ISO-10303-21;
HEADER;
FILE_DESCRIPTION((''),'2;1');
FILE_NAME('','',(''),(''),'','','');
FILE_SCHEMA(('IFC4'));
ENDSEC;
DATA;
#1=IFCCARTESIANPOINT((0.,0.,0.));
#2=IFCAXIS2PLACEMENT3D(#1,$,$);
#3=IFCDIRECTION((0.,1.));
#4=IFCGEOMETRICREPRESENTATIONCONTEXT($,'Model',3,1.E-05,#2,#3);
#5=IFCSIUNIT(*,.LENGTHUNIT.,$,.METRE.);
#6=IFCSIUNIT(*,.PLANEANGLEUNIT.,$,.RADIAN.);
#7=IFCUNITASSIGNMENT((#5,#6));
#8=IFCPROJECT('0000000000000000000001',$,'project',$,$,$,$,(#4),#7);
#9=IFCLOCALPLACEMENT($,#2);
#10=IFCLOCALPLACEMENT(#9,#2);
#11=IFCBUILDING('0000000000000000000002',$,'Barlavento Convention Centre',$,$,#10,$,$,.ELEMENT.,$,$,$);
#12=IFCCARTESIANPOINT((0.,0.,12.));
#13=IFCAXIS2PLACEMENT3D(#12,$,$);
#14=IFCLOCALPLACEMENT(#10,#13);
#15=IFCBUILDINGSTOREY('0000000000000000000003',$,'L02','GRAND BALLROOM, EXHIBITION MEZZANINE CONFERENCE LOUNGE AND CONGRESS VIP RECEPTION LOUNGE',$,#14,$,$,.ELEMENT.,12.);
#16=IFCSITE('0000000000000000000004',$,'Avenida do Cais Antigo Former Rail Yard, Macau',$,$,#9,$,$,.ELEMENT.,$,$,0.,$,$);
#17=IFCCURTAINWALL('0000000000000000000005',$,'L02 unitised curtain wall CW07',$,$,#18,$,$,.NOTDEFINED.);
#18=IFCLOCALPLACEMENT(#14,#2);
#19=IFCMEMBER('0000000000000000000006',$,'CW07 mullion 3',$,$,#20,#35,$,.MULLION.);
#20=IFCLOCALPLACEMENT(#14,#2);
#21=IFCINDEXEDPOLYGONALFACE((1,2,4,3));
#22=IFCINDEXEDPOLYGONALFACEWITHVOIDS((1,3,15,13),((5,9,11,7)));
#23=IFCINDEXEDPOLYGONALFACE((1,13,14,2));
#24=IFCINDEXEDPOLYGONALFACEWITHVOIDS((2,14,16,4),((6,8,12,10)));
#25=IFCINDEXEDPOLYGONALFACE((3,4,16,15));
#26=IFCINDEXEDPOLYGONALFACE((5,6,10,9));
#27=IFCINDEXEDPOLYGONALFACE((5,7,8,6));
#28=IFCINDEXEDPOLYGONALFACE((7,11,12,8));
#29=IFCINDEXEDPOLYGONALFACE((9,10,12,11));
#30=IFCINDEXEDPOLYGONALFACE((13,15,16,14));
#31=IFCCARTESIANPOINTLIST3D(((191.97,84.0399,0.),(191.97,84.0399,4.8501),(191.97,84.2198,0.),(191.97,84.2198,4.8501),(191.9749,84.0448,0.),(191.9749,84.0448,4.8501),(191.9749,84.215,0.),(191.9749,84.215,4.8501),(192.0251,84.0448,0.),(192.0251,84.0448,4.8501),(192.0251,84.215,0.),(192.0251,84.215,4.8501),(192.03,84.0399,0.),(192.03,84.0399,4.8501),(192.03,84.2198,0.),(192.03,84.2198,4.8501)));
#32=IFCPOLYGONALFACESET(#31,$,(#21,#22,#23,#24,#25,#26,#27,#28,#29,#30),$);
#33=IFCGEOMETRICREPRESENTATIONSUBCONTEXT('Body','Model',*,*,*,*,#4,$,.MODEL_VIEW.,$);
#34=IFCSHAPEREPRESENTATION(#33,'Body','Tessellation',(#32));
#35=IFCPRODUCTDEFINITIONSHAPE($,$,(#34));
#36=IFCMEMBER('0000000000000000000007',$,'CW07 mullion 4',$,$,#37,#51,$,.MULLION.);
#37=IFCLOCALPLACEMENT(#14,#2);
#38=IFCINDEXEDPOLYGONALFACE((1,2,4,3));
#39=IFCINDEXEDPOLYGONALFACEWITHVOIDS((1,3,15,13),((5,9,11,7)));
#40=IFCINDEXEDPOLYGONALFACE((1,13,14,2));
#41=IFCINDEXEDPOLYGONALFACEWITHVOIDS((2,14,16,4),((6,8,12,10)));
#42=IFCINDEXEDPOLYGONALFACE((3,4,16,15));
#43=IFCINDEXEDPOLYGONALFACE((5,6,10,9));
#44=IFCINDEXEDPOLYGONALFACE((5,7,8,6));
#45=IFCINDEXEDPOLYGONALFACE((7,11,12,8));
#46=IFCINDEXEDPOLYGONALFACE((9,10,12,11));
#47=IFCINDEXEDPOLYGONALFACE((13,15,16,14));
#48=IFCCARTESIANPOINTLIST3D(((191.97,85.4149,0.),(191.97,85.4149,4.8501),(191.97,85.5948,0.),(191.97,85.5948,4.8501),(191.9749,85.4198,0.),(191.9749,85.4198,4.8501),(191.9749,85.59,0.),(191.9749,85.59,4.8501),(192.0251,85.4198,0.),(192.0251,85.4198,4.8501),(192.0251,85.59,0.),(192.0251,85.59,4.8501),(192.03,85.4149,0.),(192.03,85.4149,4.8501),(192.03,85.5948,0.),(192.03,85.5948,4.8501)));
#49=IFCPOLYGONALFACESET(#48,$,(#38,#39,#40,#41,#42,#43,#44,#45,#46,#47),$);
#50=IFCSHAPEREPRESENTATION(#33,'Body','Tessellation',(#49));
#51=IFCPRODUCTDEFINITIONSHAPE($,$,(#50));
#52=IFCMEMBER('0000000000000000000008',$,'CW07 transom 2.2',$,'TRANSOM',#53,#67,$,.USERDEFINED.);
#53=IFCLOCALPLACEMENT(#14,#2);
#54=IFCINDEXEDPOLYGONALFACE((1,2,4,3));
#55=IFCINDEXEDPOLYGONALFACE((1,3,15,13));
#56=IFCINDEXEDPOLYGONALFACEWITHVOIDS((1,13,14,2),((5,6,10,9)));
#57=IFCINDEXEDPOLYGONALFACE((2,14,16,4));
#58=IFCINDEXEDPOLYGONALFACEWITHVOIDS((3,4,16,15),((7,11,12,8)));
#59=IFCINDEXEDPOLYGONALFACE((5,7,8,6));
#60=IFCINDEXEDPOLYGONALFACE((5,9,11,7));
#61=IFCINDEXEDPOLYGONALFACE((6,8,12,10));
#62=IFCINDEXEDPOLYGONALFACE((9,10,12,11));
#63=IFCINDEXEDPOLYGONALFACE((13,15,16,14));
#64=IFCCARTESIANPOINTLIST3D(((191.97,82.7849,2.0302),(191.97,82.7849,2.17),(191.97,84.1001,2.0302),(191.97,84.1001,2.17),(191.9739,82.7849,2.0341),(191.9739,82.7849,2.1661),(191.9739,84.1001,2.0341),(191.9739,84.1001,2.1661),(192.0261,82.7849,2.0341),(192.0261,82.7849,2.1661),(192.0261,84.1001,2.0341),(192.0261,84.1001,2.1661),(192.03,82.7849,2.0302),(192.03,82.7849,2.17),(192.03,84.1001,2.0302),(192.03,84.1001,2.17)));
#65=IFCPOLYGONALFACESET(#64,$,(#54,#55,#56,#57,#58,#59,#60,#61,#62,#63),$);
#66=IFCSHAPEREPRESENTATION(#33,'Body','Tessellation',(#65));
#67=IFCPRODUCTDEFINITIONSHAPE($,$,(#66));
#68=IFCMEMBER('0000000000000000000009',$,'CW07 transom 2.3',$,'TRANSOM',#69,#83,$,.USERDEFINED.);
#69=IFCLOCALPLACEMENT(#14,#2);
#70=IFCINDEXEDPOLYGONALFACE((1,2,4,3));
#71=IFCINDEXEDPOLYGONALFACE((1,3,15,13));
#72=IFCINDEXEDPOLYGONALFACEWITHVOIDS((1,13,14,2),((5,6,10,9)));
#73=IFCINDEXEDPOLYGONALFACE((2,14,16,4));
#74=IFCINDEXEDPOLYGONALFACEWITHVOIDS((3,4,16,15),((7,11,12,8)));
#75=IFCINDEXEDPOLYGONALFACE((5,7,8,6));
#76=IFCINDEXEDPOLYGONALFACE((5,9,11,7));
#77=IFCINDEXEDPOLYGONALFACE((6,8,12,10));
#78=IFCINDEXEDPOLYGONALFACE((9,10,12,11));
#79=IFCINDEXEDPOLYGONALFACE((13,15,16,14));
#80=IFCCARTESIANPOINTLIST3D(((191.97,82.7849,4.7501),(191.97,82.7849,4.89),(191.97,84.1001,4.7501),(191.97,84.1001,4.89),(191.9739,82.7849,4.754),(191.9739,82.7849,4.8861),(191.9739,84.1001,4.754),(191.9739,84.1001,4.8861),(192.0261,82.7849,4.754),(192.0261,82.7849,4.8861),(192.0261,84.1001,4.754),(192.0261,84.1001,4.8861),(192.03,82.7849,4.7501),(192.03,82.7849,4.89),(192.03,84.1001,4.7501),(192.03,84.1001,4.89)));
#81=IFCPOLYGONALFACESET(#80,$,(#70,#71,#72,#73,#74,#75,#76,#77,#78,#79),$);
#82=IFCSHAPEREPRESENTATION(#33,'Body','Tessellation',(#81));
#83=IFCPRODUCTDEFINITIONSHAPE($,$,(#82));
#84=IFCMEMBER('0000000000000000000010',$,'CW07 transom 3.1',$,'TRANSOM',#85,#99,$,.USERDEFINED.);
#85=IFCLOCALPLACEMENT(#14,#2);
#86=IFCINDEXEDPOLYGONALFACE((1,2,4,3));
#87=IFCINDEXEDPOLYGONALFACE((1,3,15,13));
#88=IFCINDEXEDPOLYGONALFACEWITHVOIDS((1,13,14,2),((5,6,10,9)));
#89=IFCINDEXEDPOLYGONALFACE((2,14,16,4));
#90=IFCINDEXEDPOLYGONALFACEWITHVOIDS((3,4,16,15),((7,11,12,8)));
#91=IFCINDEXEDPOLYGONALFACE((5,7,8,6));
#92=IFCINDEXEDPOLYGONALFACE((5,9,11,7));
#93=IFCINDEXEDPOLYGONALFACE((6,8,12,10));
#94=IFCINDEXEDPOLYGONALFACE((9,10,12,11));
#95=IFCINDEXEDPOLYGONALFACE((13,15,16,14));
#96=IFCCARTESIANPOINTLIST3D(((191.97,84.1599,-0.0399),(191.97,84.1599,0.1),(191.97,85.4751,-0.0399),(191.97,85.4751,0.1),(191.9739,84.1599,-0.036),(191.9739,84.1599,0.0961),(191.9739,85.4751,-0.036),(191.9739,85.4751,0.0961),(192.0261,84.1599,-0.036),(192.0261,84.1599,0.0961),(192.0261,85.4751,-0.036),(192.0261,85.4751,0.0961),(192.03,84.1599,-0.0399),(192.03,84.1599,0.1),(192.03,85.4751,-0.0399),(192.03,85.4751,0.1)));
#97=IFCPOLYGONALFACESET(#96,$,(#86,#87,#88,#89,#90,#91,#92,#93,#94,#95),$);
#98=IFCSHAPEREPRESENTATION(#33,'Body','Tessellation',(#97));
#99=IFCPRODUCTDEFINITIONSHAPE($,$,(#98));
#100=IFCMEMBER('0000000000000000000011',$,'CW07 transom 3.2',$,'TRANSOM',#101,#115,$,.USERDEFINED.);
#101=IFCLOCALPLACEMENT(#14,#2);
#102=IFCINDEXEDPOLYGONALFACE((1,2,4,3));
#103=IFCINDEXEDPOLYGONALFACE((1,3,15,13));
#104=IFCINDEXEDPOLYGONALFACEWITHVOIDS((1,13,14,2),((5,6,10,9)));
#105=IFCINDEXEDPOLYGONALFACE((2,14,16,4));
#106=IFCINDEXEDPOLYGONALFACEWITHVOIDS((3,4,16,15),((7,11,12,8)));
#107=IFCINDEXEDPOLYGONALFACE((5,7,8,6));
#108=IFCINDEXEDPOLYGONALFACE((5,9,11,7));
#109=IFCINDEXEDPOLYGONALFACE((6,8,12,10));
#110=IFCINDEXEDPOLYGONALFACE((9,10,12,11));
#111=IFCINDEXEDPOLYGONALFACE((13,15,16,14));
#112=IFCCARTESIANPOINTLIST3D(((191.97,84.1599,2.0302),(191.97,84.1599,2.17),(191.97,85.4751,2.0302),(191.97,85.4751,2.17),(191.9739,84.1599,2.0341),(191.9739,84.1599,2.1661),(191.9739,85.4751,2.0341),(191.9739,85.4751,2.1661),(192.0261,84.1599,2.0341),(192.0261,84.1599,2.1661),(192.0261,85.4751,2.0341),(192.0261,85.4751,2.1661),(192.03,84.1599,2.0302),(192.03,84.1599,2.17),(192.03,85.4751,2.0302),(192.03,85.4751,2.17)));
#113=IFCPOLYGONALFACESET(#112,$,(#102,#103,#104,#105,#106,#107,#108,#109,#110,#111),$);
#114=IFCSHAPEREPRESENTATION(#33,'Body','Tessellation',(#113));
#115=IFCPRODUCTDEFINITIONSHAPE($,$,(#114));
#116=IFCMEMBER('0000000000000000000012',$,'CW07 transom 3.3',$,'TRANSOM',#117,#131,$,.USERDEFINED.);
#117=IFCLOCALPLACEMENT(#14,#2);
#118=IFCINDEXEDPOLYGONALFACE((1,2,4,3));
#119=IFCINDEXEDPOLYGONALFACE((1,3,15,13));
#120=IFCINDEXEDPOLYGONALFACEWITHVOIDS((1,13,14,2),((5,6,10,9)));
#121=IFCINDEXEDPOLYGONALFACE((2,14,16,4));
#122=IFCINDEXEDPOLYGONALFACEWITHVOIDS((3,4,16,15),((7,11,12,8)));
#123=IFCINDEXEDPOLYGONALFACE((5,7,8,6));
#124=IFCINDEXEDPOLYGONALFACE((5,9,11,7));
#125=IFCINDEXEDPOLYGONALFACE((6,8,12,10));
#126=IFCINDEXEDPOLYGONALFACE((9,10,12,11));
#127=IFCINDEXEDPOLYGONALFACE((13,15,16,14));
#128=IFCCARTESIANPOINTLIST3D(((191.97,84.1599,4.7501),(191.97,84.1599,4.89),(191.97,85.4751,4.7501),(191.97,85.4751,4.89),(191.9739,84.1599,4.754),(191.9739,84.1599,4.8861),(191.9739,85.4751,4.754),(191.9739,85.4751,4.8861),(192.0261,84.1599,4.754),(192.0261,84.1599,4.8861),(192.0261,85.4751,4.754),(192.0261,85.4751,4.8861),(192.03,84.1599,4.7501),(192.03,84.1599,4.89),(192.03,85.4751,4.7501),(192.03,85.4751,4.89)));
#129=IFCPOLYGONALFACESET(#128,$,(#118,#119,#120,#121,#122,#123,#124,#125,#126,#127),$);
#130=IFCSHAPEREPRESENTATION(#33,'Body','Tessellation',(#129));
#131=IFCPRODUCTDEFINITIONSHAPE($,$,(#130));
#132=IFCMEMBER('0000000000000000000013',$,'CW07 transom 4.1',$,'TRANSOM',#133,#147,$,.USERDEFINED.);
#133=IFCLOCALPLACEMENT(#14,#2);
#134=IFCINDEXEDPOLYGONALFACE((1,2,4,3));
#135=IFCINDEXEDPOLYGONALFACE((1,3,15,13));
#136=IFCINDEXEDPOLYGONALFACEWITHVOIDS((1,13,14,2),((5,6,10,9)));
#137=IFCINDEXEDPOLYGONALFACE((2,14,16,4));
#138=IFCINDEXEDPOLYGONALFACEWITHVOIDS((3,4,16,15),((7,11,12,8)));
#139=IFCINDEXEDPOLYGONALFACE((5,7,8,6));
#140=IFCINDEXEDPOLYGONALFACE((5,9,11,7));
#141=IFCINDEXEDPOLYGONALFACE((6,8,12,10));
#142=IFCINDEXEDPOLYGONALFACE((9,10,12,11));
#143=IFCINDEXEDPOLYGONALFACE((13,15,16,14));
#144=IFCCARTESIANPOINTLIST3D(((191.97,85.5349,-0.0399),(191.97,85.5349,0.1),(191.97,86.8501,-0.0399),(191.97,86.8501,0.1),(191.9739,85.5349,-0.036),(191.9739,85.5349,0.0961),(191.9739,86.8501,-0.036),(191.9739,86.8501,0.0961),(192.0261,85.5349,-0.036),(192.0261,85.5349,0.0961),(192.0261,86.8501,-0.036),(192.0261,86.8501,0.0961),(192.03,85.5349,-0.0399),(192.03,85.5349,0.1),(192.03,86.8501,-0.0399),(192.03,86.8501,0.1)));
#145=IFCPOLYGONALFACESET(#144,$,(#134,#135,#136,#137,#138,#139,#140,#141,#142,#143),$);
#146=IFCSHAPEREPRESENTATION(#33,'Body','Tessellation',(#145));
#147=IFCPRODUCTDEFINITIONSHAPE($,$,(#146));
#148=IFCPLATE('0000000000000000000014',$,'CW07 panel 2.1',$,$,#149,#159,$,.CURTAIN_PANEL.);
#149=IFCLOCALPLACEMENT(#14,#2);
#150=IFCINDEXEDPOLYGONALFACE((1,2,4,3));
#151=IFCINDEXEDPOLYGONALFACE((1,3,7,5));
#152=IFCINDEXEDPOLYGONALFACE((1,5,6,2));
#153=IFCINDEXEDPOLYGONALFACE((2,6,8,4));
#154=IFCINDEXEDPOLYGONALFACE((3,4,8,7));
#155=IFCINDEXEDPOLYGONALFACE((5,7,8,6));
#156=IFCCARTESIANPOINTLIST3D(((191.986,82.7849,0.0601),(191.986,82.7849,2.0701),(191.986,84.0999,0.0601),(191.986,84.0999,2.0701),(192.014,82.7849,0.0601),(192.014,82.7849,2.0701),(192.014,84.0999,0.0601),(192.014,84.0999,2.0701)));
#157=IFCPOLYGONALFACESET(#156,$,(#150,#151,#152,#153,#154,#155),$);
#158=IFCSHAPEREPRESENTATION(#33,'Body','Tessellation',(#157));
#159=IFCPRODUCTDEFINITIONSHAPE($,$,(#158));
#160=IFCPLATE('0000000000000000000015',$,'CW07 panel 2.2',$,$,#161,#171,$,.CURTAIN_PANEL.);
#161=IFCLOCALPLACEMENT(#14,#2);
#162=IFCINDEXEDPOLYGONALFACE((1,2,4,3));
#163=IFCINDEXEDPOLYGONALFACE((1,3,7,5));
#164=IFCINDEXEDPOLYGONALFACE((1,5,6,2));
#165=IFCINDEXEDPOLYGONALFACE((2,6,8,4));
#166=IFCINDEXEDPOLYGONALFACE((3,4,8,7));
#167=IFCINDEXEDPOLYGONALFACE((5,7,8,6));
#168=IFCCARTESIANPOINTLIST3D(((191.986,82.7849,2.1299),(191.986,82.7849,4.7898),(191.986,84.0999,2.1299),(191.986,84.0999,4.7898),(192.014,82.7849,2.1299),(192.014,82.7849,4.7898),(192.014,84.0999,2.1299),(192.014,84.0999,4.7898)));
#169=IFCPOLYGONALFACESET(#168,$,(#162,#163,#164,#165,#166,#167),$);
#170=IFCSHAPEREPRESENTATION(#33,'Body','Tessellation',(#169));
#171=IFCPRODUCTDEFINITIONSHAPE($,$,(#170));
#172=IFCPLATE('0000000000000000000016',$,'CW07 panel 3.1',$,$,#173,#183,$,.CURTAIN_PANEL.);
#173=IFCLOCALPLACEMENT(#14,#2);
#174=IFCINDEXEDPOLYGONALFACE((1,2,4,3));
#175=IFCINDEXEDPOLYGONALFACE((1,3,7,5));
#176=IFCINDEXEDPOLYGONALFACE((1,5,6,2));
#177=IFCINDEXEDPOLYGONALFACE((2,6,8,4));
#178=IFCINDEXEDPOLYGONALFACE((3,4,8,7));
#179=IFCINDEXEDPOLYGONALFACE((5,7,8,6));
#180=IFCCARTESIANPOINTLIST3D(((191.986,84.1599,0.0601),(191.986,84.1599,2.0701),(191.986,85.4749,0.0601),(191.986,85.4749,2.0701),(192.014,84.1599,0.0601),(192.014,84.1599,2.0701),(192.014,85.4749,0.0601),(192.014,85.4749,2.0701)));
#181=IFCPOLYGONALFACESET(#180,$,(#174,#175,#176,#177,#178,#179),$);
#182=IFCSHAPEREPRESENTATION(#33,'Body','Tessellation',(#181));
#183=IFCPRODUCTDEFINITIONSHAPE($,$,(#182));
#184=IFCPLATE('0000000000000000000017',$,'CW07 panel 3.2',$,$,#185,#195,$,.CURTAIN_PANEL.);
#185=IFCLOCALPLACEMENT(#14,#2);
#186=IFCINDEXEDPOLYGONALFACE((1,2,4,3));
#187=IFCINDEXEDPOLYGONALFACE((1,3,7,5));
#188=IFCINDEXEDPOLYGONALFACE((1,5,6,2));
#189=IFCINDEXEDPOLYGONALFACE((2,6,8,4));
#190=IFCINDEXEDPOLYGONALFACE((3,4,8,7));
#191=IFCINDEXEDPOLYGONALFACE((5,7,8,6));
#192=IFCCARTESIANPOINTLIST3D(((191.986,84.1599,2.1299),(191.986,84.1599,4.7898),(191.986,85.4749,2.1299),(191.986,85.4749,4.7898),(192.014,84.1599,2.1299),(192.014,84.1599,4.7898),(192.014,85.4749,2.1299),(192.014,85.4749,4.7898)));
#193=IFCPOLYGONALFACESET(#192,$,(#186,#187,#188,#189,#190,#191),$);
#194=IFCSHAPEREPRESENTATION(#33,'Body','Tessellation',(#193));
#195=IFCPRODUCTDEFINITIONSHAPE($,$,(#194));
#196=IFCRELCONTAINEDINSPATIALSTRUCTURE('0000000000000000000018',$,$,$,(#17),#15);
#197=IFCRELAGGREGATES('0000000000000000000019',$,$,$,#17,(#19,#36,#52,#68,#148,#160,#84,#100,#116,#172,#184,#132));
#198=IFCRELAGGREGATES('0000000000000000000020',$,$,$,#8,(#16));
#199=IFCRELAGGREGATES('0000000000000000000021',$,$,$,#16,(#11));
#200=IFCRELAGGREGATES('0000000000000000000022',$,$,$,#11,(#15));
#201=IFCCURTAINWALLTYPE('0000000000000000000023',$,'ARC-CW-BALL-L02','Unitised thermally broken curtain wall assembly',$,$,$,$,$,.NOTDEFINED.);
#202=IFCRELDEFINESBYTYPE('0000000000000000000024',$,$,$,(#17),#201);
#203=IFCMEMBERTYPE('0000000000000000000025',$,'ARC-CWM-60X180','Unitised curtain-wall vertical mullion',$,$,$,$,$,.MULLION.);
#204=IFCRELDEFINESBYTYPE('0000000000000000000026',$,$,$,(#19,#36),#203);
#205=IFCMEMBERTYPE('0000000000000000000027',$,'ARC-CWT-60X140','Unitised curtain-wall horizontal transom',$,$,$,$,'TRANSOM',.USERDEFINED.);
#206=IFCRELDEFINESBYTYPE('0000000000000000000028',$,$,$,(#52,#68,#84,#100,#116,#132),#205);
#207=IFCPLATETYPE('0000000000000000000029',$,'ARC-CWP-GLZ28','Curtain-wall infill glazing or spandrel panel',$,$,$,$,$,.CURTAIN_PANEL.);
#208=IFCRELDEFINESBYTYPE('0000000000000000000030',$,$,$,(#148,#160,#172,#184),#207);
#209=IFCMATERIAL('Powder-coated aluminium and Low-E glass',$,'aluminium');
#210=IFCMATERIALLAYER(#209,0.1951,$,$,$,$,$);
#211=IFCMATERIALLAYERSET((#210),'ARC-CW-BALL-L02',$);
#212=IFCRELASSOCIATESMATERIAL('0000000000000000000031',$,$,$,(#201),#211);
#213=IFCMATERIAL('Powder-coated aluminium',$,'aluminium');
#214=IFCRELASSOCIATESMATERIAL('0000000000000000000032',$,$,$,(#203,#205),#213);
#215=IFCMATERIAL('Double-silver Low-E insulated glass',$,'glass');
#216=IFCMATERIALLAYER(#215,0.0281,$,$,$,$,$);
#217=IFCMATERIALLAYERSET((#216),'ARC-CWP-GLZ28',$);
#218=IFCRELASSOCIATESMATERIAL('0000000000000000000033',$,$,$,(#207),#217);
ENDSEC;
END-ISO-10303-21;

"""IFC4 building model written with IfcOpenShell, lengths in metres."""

from ifc_helpers import new_model, si_unit, direction, frame, origin, origin_2d, place, context, subcontext, project, spatial, rectangle, hollow_rectangle, extrude, material, layer, layer_set, material_profile, profile_set, type_object, element, aggregate, save


model = new_model("IFC4")

# Units and contexts
model_context = context("Model", 3, precision=1e-05, world=origin(), true_north=direction((0.0, 1.0)))
body_context = subcontext(model_context, "Body", "Model", "MODEL_VIEW")
ifc_project = project(units=[si_unit("LENGTHUNIT", "METRE"), si_unit("PLANEANGLEUNIT", "RADIAN")], contexts=[model_context])

# Site, building, storey
site_placement = place(None, origin())
site = spatial("IfcSite", under=ifc_project, at=site_placement, Name="Avenida do Cais Antigo Former Rail Yard, Macau", CompositionType="ELEMENT", RefElevation=0.0)
building_placement = place(site_placement, origin())
building = spatial("IfcBuilding", under=site, at=building_placement, Name="Barlavento Convention Centre", CompositionType="ELEMENT")
storey_placement = place(building_placement, frame((0.0, 0.0, 12.0)))
storey = spatial("IfcBuildingStorey", under=building, at=storey_placement, Name="L02", Description="GRAND BALLROOM, EXHIBITION MEZZANINE CONFERENCE LOUNGE AND CONGRESS VIP RECEPTION LOUNGE", CompositionType="ELEMENT", Elevation=12.0)

# Curtain wall, members, plates
ifc_material_1 = material(Name="Powder-coated aluminium and Low-E glass", Category="aluminium")
ifc_layer_1 = layer(ifc_material_1, 0.1951)
ifc_layer_set_1 = layer_set([ifc_layer_1], Name="ARC-CW-BALL-L02")
curtain_wall_type = type_object("IfcCurtainWallType", Name="ARC-CW-BALL-L02", Description="Unitised thermally broken curtain wall assembly", PredefinedType="NOTDEFINED", material=ifc_layer_set_1)
curtain_wall_placement = place(storey_placement, origin())
curtain_wall = element("IfcCurtainWall", 1, at=curtain_wall_placement, inside=storey, type_object=curtain_wall_type, Name="L02 unitised curtain wall CW07", PredefinedType="NOTDEFINED")
ifc_material_2 = material(Name="Powder-coated aluminium", Category="aluminium")
ifc_material_profile_1 = material_profile(ifc_material_2, hollow_rectangle(XDim=0.0601, YDim=0.1799, WallThickness=0.0049, at=origin_2d()), Name="AL-MULL 60x180x5")
ifc_profile_set_1 = profile_set([ifc_material_profile_1], Name="Powder-coated aluminium")
member_type_1 = type_object("IfcMemberType", Name="ARC-CWM-60X180", Description="Unitised curtain-wall vertical mullion", PredefinedType="MULLION", material=ifc_profile_set_1)
member_1_placement = place(storey_placement, frame((192.0, 84.1299, 0.0), z_axis=(0.0, 0.0, 1.0), x_axis=(-1.0, 0.0, 0.0)))
member_1 = element("IfcMember", 2, at=member_1_placement, type_object=member_type_1, Name="CW07 mullion 3", PredefinedType="MULLION", context=body_context, shape_type="SweptSolid", body=[
    extrude(hollow_rectangle(XDim=0.0601, YDim=0.1799, WallThickness=0.0049, at=origin_2d()), origin(), (0.0, 0.0, 1.0), 4.8501),
])
member_2_placement = place(storey_placement, frame((192.0, 85.5049, 0.0), z_axis=(0.0, 0.0, 1.0), x_axis=(-1.0, 0.0, 0.0)))
member_2 = element("IfcMember", 3, at=member_2_placement, type_object=member_type_1, Name="CW07 mullion 4", PredefinedType="MULLION", context=body_context, shape_type="SweptSolid", body=[
    extrude(hollow_rectangle(XDim=0.0601, YDim=0.1799, WallThickness=0.0049, at=origin_2d()), origin(), (0.0, 0.0, 1.0), 4.8501),
])
ifc_material_profile_2 = material_profile(ifc_material_2, hollow_rectangle(XDim=0.0601, YDim=0.1399, WallThickness=0.0039, at=origin_2d()), Name="AL-TRAN 60x140x4")
ifc_profile_set_2 = profile_set([ifc_material_profile_2], Name="Powder-coated aluminium")
member_type_2 = type_object("IfcMemberType", Name="ARC-CWT-60X140", Description="Unitised curtain-wall horizontal transom", ElementType="TRANSOM", PredefinedType="USERDEFINED", material=ifc_profile_set_2)
member_3_placement = place(storey_placement, frame((192.0, 82.7849, 2.1001), z_axis=(0.0, 1.0, 0.0), x_axis=(-1.0, 0.0, 0.0)))
member_3 = element("IfcMember", 4, at=member_3_placement, type_object=member_type_2, Name="CW07 transom 2.2", ObjectType="TRANSOM", PredefinedType="USERDEFINED", context=body_context, shape_type="SweptSolid", body=[
    extrude(hollow_rectangle(XDim=0.0601, YDim=0.1399, WallThickness=0.0039, at=origin_2d()), origin(), (0.0, 0.0, 1.0), 1.3152),
])
member_4_placement = place(storey_placement, frame((192.0, 82.7849, 4.8201), z_axis=(0.0, 1.0, 0.0), x_axis=(-1.0, 0.0, 0.0)))
member_4 = element("IfcMember", 5, at=member_4_placement, type_object=member_type_2, Name="CW07 transom 2.3", ObjectType="TRANSOM", PredefinedType="USERDEFINED", context=body_context, shape_type="SweptSolid", body=[
    extrude(hollow_rectangle(XDim=0.0601, YDim=0.1399, WallThickness=0.0039, at=origin_2d()), origin(), (0.0, 0.0, 1.0), 1.3152),
])
member_5_placement = place(storey_placement, frame((192.0, 84.1599, 0.03), z_axis=(0.0, 1.0, 0.0), x_axis=(-1.0, 0.0, 0.0)))
member_5 = element("IfcMember", 6, at=member_5_placement, type_object=member_type_2, Name="CW07 transom 3.1", ObjectType="TRANSOM", PredefinedType="USERDEFINED", context=body_context, shape_type="SweptSolid", body=[
    extrude(hollow_rectangle(XDim=0.0601, YDim=0.1399, WallThickness=0.0039, at=origin_2d()), origin(), (0.0, 0.0, 1.0), 1.3152),
])
member_6_placement = place(storey_placement, frame((192.0, 84.1599, 2.1001), z_axis=(0.0, 1.0, 0.0), x_axis=(-1.0, 0.0, 0.0)))
member_6 = element("IfcMember", 7, at=member_6_placement, type_object=member_type_2, Name="CW07 transom 3.2", ObjectType="TRANSOM", PredefinedType="USERDEFINED", context=body_context, shape_type="SweptSolid", body=[
    extrude(hollow_rectangle(XDim=0.0601, YDim=0.1399, WallThickness=0.0039, at=origin_2d()), origin(), (0.0, 0.0, 1.0), 1.3152),
])
member_7_placement = place(storey_placement, frame((192.0, 84.1599, 4.8201), z_axis=(0.0, 1.0, 0.0), x_axis=(-1.0, 0.0, 0.0)))
member_7 = element("IfcMember", 8, at=member_7_placement, type_object=member_type_2, Name="CW07 transom 3.3", ObjectType="TRANSOM", PredefinedType="USERDEFINED", context=body_context, shape_type="SweptSolid", body=[
    extrude(hollow_rectangle(XDim=0.0601, YDim=0.1399, WallThickness=0.0039, at=origin_2d()), origin(), (0.0, 0.0, 1.0), 1.3152),
])
member_8_placement = place(storey_placement, frame((192.0, 85.5349, 0.03), z_axis=(0.0, 1.0, 0.0), x_axis=(-1.0, 0.0, 0.0)))
member_8 = element("IfcMember", 9, at=member_8_placement, type_object=member_type_2, Name="CW07 transom 4.1", ObjectType="TRANSOM", PredefinedType="USERDEFINED", context=body_context, shape_type="SweptSolid", body=[
    extrude(hollow_rectangle(XDim=0.0601, YDim=0.1399, WallThickness=0.0039, at=origin_2d()), origin(), (0.0, 0.0, 1.0), 1.3152),
])
ifc_material_3 = material(Name="Double-silver Low-E insulated glass", Category="glass")
ifc_layer_2 = layer(ifc_material_3, 0.0281)
ifc_layer_set_2 = layer_set([ifc_layer_2], Name="ARC-CWP-GLZ28")
plate_type = type_object("IfcPlateType", Name="ARC-CWP-GLZ28", Description="Curtain-wall infill glazing or spandrel panel", PredefinedType="CURTAIN_PANEL", material=ifc_layer_set_2)
plate_1_placement = place(storey_placement, frame((192.0, 83.4424, 0.0601), z_axis=(0.0, 0.0, 1.0), x_axis=(0.0, 1.0, 0.0)))
plate_1 = element("IfcPlate", 10, at=plate_1_placement, type_object=plate_type, Name="CW07 panel 2.1", PredefinedType="CURTAIN_PANEL", context=body_context, shape_type="SweptSolid", body=[
    extrude(rectangle(XDim=1.3149, YDim=0.0281, at=origin_2d()), origin(), (0.0, 0.0, 1.0), 2.01),
])
plate_2_placement = place(storey_placement, frame((192.0, 83.4424, 2.1299), z_axis=(0.0, 0.0, 1.0), x_axis=(0.0, 1.0, 0.0)))
plate_2 = element("IfcPlate", 11, at=plate_2_placement, type_object=plate_type, Name="CW07 panel 2.2", PredefinedType="CURTAIN_PANEL", context=body_context, shape_type="SweptSolid", body=[
    extrude(rectangle(XDim=1.3149, YDim=0.0281, at=origin_2d()), origin(), (0.0, 0.0, 1.0), 2.6599),
])
plate_3_placement = place(storey_placement, frame((192.0, 84.8174, 0.0601), z_axis=(0.0, 0.0, 1.0), x_axis=(0.0, 1.0, 0.0)))
plate_3 = element("IfcPlate", 12, at=plate_3_placement, type_object=plate_type, Name="CW07 panel 3.1", PredefinedType="CURTAIN_PANEL", context=body_context, shape_type="SweptSolid", body=[
    extrude(rectangle(XDim=1.3149, YDim=0.0281, at=origin_2d()), origin(), (0.0, 0.0, 1.0), 2.01),
])
plate_4_placement = place(storey_placement, frame((192.0, 84.8174, 2.1299), z_axis=(0.0, 0.0, 1.0), x_axis=(0.0, 1.0, 0.0)))
plate_4 = element("IfcPlate", 13, at=plate_4_placement, type_object=plate_type, Name="CW07 panel 3.2", PredefinedType="CURTAIN_PANEL", context=body_context, shape_type="SweptSolid", body=[
    extrude(rectangle(XDim=1.3149, YDim=0.0281, at=origin_2d()), origin(), (0.0, 0.0, 1.0), 2.6599),
])
aggregate(curtain_wall, [member_1, member_2, member_3, member_4, plate_1, plate_2, member_5, member_6, member_7, plate_3, plate_4, member_8])

save(model, "model.ifc")
